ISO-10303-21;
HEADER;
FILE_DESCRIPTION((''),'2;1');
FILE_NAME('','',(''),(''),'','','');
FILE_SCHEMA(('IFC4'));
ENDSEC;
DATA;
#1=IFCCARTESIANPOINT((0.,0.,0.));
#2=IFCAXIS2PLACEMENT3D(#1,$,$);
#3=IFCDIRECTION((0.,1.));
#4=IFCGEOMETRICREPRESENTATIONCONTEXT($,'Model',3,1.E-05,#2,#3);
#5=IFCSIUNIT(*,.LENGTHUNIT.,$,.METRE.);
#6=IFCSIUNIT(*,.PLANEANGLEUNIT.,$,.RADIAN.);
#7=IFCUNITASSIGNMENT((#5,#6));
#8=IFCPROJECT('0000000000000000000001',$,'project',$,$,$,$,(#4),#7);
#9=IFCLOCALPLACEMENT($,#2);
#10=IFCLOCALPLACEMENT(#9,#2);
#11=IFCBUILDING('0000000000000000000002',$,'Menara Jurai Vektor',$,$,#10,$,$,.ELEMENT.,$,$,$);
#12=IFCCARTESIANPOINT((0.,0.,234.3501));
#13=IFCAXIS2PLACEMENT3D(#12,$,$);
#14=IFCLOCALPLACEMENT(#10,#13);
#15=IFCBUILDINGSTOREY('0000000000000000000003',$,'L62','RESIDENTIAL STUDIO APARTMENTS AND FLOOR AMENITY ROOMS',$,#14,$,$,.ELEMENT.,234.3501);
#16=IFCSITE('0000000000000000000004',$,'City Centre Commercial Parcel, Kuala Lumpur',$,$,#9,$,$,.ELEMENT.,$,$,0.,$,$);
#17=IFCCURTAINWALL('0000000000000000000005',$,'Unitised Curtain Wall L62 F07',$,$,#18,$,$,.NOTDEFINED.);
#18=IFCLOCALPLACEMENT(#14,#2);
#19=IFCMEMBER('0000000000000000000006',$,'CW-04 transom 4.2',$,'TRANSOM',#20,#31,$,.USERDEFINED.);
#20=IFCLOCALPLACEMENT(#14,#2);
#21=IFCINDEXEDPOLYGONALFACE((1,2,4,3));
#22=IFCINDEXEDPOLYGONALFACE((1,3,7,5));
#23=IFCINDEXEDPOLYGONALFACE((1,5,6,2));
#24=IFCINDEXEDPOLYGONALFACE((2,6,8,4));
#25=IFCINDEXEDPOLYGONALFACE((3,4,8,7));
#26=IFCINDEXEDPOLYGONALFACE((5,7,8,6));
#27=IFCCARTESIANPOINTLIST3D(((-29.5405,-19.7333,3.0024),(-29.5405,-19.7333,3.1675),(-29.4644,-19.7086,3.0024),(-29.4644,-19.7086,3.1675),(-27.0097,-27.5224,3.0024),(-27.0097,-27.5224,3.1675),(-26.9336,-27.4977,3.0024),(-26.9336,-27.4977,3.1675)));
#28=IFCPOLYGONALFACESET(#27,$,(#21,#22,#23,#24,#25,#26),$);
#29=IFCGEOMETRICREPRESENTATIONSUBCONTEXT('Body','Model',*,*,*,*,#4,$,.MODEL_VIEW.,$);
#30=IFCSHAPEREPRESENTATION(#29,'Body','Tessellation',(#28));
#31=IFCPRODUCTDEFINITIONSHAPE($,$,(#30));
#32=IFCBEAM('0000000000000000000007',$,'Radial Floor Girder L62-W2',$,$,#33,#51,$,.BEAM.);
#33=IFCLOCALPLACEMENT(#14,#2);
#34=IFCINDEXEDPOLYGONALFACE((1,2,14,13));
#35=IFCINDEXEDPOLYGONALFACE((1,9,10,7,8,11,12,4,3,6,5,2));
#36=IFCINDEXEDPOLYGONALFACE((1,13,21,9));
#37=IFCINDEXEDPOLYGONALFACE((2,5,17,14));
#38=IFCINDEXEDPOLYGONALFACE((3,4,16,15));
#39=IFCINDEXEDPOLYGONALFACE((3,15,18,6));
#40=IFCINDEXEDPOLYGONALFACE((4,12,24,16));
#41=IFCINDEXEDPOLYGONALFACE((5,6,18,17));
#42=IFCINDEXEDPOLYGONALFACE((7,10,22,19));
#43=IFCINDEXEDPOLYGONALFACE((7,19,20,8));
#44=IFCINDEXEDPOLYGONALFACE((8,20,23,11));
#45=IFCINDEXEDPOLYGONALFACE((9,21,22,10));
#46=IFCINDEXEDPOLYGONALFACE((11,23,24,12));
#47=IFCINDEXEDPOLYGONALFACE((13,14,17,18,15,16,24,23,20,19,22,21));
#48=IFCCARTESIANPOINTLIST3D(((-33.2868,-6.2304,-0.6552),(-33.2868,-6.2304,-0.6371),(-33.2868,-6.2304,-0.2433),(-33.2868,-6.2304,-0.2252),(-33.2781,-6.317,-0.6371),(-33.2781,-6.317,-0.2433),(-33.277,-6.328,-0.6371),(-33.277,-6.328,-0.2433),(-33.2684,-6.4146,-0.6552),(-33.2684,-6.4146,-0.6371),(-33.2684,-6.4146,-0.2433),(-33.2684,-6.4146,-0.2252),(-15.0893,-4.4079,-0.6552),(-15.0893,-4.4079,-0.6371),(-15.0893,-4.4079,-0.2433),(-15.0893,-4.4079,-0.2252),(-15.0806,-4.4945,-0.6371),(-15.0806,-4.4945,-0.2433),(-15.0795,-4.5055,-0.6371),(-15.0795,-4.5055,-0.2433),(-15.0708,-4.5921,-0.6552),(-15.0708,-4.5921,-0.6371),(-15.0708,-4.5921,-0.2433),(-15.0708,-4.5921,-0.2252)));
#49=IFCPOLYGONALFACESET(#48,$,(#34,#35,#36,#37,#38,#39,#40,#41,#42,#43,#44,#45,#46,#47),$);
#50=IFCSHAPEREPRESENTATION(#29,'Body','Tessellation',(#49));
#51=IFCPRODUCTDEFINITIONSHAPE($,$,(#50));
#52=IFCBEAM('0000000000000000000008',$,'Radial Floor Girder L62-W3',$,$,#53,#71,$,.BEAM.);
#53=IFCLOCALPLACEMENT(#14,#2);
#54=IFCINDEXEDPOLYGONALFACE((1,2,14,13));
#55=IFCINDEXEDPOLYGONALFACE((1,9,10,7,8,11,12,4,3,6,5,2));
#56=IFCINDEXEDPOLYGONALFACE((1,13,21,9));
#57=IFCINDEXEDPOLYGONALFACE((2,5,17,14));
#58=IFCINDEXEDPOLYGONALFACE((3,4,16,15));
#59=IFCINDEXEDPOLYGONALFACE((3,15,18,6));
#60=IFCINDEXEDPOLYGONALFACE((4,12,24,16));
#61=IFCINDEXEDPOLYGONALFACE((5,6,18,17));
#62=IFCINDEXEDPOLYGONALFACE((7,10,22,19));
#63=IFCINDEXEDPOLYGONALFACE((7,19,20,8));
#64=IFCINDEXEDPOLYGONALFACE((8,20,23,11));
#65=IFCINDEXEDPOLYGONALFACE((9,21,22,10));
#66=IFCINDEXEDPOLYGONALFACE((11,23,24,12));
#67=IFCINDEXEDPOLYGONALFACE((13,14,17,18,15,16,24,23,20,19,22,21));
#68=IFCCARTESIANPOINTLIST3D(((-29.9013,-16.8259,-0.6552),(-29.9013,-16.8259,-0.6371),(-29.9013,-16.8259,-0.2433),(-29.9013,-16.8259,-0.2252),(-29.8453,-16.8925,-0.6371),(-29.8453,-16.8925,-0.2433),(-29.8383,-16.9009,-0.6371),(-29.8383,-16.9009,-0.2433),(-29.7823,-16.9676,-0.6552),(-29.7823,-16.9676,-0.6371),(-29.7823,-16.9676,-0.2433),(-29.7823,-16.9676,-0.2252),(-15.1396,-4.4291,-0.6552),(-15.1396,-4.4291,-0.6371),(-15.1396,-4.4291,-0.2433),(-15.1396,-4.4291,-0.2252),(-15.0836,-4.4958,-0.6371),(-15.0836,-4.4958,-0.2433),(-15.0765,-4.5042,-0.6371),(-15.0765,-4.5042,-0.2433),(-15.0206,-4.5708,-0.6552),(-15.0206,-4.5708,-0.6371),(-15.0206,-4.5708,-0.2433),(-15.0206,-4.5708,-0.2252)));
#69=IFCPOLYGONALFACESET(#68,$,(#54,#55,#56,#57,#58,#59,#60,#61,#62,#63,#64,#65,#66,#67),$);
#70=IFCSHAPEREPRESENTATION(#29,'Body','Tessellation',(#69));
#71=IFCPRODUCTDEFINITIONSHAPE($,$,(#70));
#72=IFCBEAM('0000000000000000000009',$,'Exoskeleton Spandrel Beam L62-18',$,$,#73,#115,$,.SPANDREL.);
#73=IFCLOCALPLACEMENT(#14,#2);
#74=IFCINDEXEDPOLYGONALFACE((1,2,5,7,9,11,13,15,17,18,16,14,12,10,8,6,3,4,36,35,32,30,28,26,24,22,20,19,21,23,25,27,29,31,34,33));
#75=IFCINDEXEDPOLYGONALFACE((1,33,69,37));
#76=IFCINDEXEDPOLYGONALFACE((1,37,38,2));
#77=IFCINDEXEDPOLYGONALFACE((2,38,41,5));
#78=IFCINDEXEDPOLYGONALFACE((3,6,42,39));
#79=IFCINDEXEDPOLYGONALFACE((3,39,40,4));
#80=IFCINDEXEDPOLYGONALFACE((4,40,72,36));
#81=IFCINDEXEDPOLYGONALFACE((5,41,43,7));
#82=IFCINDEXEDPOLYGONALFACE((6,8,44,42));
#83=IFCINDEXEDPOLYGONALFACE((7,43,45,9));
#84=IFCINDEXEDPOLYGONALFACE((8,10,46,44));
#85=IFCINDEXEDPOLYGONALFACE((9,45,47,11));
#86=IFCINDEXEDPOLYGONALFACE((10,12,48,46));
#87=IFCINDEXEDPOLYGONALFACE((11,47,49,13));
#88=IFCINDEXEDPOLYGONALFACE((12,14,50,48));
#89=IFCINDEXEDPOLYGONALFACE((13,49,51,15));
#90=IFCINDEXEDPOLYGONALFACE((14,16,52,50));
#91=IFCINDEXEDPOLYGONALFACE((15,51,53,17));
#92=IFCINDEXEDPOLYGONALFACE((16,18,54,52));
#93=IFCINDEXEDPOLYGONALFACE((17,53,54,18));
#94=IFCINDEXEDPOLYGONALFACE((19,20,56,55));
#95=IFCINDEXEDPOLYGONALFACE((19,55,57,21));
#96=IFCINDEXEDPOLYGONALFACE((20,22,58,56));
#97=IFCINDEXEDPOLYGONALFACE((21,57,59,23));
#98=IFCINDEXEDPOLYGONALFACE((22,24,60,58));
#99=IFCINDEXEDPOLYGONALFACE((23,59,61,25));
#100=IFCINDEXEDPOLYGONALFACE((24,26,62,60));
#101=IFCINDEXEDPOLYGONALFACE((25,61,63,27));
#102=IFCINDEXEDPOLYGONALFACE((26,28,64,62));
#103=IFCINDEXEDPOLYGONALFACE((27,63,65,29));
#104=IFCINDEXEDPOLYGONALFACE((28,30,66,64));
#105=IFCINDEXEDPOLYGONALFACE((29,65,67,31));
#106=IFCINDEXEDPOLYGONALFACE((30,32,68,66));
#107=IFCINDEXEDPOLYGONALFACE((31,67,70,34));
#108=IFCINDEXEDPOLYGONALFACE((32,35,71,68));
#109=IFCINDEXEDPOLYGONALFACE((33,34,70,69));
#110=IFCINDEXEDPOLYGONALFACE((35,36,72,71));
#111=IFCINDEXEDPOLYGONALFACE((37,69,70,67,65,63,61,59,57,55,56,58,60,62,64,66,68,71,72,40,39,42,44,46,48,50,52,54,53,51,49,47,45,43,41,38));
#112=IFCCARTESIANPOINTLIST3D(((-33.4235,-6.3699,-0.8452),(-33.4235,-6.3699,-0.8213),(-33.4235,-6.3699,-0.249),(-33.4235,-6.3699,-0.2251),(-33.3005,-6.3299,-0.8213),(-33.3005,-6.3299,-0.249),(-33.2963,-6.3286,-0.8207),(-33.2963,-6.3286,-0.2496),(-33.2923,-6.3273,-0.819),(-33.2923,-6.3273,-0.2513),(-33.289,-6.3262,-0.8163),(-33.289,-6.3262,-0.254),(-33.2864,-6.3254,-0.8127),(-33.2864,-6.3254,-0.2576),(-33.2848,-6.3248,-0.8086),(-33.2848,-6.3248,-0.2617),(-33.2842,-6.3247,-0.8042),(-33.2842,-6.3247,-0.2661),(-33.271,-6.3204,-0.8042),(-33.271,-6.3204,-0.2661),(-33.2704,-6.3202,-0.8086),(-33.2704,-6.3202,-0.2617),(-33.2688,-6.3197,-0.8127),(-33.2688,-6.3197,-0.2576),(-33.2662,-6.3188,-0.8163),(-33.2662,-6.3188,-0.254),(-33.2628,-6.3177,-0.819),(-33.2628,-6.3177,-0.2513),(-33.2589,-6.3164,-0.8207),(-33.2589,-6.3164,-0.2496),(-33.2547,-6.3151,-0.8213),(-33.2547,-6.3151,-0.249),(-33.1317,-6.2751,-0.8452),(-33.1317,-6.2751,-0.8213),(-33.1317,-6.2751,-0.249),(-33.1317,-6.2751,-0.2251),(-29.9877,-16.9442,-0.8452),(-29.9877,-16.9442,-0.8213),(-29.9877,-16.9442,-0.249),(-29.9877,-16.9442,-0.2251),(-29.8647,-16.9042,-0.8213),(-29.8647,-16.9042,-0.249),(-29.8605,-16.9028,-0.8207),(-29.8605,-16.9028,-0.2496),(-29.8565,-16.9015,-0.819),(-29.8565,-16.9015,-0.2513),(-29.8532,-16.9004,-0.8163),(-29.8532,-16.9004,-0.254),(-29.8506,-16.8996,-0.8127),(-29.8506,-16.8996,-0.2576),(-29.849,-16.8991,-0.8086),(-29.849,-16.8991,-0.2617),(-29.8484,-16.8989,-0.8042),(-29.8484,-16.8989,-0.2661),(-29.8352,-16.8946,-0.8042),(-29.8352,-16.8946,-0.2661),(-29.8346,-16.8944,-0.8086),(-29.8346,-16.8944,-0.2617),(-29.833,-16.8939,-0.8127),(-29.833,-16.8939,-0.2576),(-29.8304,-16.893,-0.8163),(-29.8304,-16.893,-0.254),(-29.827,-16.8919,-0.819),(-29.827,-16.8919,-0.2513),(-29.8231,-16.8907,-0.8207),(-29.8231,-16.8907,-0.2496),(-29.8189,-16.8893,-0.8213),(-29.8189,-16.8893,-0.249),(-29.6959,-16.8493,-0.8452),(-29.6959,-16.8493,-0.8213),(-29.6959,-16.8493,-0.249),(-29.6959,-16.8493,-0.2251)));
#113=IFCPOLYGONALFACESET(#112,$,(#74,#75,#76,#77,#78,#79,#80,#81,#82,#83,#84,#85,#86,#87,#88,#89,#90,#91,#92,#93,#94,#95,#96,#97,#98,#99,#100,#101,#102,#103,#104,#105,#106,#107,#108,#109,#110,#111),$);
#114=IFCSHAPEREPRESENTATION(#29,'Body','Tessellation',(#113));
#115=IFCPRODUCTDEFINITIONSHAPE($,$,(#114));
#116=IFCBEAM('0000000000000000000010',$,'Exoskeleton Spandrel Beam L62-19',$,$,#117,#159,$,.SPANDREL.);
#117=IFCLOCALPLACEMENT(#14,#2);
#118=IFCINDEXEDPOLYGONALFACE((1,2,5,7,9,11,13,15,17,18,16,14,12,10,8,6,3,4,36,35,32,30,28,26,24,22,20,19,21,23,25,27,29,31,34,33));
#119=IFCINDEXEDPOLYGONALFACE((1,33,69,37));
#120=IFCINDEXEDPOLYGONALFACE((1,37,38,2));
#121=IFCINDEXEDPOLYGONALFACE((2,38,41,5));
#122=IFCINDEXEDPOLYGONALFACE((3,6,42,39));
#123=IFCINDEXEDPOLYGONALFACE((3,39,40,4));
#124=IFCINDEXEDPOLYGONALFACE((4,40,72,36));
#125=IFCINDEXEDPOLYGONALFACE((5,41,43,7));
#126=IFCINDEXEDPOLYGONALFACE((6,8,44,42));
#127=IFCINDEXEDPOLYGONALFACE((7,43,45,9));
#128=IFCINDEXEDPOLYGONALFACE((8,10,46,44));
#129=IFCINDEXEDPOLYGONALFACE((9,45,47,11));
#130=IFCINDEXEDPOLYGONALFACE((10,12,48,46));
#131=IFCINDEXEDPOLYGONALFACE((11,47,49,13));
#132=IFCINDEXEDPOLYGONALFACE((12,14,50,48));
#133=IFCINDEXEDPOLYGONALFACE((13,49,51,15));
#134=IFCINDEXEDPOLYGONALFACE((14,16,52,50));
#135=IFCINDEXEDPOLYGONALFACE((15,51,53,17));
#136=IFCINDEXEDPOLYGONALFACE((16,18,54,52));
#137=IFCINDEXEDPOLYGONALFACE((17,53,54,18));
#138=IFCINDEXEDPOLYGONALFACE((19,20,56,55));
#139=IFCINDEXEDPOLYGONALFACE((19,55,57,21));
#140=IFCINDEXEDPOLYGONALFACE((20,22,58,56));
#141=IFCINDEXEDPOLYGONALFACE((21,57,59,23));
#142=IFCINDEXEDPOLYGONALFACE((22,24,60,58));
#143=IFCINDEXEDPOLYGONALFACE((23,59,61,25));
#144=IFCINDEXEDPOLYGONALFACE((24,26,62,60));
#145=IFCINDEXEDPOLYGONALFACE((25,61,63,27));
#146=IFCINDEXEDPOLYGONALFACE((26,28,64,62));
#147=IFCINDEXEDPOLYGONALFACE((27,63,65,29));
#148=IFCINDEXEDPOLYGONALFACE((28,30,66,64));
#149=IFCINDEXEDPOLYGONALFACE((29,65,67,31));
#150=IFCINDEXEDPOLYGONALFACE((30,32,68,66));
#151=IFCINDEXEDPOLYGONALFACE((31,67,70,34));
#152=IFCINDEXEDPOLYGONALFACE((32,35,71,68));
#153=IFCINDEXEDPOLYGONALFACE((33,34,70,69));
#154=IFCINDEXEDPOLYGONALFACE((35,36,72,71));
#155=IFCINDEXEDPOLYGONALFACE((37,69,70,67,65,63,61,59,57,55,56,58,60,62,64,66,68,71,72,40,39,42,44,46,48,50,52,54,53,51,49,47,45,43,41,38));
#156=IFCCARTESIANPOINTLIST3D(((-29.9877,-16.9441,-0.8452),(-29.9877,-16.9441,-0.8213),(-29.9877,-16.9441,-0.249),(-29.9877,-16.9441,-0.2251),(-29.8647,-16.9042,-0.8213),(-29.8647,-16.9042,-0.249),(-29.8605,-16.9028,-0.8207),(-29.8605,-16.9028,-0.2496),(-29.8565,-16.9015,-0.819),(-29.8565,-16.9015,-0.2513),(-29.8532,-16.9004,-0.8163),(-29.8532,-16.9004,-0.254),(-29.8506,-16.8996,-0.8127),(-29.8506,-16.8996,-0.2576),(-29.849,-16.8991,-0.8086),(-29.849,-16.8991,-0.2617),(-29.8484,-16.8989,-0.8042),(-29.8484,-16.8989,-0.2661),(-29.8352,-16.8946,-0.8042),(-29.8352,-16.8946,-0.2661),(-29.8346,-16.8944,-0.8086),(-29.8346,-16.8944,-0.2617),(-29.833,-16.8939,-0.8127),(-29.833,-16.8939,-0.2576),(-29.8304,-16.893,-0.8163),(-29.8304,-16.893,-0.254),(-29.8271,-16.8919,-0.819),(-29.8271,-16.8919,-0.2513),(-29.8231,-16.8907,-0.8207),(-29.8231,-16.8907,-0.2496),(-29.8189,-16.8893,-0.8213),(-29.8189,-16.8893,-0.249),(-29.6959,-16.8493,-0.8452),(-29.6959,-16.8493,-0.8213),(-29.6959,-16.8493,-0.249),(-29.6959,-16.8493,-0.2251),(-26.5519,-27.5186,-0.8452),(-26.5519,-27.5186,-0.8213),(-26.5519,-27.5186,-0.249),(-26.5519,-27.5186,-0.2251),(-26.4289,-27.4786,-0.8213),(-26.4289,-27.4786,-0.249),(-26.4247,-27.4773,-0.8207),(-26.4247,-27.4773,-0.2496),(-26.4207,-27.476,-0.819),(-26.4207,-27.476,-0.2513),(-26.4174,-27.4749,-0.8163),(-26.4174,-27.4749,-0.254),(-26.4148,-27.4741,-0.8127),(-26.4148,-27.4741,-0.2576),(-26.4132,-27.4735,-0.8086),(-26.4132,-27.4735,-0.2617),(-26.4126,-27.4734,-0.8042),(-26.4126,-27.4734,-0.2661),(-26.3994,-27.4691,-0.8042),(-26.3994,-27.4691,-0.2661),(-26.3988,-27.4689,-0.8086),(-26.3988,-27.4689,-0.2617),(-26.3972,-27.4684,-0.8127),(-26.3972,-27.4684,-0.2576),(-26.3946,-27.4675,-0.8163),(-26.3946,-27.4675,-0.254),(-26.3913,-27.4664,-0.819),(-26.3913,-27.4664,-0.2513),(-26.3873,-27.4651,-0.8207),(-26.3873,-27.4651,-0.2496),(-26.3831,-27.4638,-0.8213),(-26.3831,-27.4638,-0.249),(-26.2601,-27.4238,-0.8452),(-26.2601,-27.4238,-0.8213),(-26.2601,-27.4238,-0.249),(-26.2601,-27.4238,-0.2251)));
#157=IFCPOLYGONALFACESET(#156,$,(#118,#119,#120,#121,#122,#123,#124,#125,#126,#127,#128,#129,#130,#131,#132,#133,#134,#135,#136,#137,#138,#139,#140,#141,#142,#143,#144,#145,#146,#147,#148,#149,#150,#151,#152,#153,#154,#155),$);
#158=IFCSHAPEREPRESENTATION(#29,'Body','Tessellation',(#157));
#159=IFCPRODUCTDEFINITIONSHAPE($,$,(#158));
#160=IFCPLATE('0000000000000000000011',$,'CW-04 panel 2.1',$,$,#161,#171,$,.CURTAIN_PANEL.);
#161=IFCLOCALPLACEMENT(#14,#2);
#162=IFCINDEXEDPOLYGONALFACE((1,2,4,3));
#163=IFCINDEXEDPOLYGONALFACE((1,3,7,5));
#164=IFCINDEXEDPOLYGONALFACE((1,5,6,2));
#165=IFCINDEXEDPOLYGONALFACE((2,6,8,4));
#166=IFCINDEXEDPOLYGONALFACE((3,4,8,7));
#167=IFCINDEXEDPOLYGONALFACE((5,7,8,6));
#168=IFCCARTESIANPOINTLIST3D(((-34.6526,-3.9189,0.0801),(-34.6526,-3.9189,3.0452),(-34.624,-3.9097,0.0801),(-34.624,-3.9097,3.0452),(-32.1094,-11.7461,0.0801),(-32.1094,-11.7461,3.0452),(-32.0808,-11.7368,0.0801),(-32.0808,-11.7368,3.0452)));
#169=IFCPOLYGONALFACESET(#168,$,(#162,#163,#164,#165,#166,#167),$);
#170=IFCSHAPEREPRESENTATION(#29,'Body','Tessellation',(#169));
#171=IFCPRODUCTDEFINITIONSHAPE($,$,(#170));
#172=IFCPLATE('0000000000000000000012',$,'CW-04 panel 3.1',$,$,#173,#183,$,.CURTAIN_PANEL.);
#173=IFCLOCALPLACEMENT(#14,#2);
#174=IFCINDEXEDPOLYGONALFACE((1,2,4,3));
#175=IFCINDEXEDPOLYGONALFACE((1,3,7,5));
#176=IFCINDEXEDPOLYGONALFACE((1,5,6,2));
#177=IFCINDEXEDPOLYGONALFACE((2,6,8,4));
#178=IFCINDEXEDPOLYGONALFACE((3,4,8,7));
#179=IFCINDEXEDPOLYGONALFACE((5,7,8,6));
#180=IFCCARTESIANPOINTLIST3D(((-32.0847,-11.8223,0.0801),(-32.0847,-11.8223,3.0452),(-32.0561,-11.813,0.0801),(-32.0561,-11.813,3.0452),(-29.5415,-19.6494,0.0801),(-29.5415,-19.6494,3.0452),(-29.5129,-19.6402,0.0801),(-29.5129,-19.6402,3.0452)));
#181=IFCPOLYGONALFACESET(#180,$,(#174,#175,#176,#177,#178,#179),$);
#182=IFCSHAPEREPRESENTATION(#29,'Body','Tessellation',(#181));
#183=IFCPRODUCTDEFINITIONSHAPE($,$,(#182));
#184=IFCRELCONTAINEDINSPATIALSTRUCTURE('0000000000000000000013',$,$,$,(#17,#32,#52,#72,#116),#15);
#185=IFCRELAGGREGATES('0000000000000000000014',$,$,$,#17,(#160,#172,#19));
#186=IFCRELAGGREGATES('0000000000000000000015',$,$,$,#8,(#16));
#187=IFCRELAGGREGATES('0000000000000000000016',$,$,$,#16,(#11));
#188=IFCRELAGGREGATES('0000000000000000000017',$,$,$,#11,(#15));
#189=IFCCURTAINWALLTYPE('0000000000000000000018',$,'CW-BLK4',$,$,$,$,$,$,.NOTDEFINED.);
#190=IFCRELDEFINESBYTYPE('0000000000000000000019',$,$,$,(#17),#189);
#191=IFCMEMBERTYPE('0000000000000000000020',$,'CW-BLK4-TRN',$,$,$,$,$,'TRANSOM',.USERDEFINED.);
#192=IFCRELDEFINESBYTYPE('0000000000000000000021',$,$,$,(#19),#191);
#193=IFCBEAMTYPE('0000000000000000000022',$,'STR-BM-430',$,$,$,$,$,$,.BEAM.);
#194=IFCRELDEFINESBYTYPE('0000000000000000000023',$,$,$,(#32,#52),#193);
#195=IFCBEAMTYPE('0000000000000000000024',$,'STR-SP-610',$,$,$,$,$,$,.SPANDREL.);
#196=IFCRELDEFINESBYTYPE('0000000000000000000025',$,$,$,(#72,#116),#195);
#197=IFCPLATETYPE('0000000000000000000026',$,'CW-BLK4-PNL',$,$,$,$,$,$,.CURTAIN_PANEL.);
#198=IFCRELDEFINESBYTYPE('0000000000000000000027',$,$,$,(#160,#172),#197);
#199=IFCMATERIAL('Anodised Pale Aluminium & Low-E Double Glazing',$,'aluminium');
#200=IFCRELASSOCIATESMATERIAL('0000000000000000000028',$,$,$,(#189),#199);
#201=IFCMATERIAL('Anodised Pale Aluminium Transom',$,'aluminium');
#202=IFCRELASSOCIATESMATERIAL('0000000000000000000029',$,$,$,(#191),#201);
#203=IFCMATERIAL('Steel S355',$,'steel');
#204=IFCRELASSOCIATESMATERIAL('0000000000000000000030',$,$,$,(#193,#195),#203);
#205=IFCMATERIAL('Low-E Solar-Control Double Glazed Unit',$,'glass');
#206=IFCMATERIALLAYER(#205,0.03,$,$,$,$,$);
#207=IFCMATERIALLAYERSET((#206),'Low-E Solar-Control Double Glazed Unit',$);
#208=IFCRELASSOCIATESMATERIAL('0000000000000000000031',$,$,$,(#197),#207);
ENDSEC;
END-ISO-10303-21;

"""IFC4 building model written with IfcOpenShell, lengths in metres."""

from ifc_helpers import new_model, si_unit, direction, frame, origin, origin_2d, place, context, subcontext, project, spatial, rectangle, i_section, extrude, material, layer, layer_set, material_profile, profile_set, type_object, element, aggregate, save


model = new_model("IFC4")

# Units and contexts
model_context = context("Model", 3, precision=1e-05, world=origin(), true_north=direction((0.0, 1.0)))
body_context = subcontext(model_context, "Body", "Model", "MODEL_VIEW")
ifc_project = project(units=[si_unit("LENGTHUNIT", "METRE"), si_unit("PLANEANGLEUNIT", "RADIAN")], contexts=[model_context])

# Site, building, storey
site_placement = place(None, origin())
site = spatial("IfcSite", under=ifc_project, at=site_placement, Name="City Centre Commercial Parcel, Kuala Lumpur", CompositionType="ELEMENT", RefElevation=0.0)
building_placement = place(site_placement, origin())
building = spatial("IfcBuilding", under=site, at=building_placement, Name="Menara Jurai Vektor", CompositionType="ELEMENT")
storey_placement = place(building_placement, frame((0.0, 0.0, 234.3501)))
storey = spatial("IfcBuildingStorey", under=building, at=storey_placement, Name="L62", Description="RESIDENTIAL STUDIO APARTMENTS AND FLOOR AMENITY ROOMS", CompositionType="ELEMENT", Elevation=234.3501)

# Curtain wall, member
ifc_material_1 = material(Name="Anodised Pale Aluminium & Low-E Double Glazing", Category="aluminium")
curtain_wall_type = type_object("IfcCurtainWallType", Name="CW-BLK4", PredefinedType="NOTDEFINED", material=ifc_material_1)
curtain_wall_placement = place(storey_placement, origin())
curtain_wall = element("IfcCurtainWall", 1, at=curtain_wall_placement, inside=storey, type_object=curtain_wall_type, Name="Unitised Curtain Wall L62 F07", PredefinedType="NOTDEFINED")
ifc_material_2 = material(Name="Anodised Pale Aluminium Transom", Category="aluminium")
ifc_material_profile_1 = material_profile(ifc_material_2, rectangle(XDim=0.0801, YDim=0.165, at=origin_2d()), Name="ALU TRN 80x165")
ifc_profile_set_1 = profile_set([ifc_material_profile_1], Name="Anodised Pale Aluminium Transom")
member_type_1 = type_object("IfcMemberType", Name="CW-BLK4-TRN", ElementType="TRANSOM", PredefinedType="USERDEFINED", material=ifc_profile_set_1)
member_1_placement = place(storey_placement, frame((-29.5024, -19.7209, 3.085), z_axis=(0.309011, -0.951059, 0.0), x_axis=(0.951059, 0.309011, 0.0)))
member_1 = element("IfcMember", 2, at=member_1_placement, type_object=member_type_1, Name="CW-04 transom 4.2", ObjectType="TRANSOM", PredefinedType="USERDEFINED", context=body_context, shape_type="SweptSolid", body=[
    extrude(rectangle(XDim=0.0801, YDim=0.165, at=origin_2d()), origin(), (0.0, 0.0, 1.0), 8.1899),
])

# Beams
ifc_material_3 = material(Name="Steel S355", Category="steel")
ifc_material_profile_2 = material_profile(ifc_material_3, i_section(OverallWidth=0.1851, OverallDepth=0.4299, WebThickness=0.011, FlangeThickness=0.0181, at=origin_2d()), Name="PG 430x185x76")
ifc_profile_set_2 = profile_set([ifc_material_profile_2], Name="Steel S355")
beam_type_1 = type_object("IfcBeamType", Name="STR-BM-430", PredefinedType="BEAM", material=ifc_profile_set_2)
beam_1_placement = place(storey_placement, frame((-33.2776, -6.3225, -0.4402), z_axis=(0.995022, 0.099653, 0.0), x_axis=(-0.099653, 0.995022, 0.0)))
element("IfcBeam", 3, at=beam_1_placement, inside=storey, type_object=beam_type_1, Name="Radial Floor Girder L62-W2", PredefinedType="BEAM", context=body_context, shape_type="SweptSolid", body=[
    extrude(i_section(OverallWidth=0.1851, OverallDepth=0.4299, WebThickness=0.011, FlangeThickness=0.0181, at=origin_2d()), origin(), (0.0, 0.0, 1.0), 18.2886),
])
beam_2_placement = place(storey_placement, frame((-29.8418, -16.8967, -0.4402), z_axis=(0.765784, 0.643097, 0.0), x_axis=(-0.643097, 0.765784, 0.0)))
element("IfcBeam", 4, at=beam_2_placement, inside=storey, type_object=beam_type_1, Name="Radial Floor Girder L62-W3", PredefinedType="BEAM", context=body_context, shape_type="SweptSolid", body=[
    extrude(i_section(OverallWidth=0.1851, OverallDepth=0.4299, WebThickness=0.011, FlangeThickness=0.0181, at=origin_2d()), origin(), (0.0, 0.0, 1.0), 19.2766),
])
ifc_material_profile_3 = material_profile(ifc_material_3, i_section(OverallWidth=0.3069, OverallDepth=0.6201, WebThickness=0.0139, FlangeThickness=0.0239, FilletRadius=0.0171, at=origin_2d()), Name="UKB 610x305x179")
ifc_profile_set_3 = profile_set([ifc_material_profile_3], Name="Steel S355")
beam_type_2 = type_object("IfcBeamType", Name="STR-SP-610", PredefinedType="SPANDREL", material=ifc_profile_set_3)
beam_3_placement = place(storey_placement, frame((-33.2776, -6.3225, -0.5352), z_axis=(0.309019, -0.951056, 0.0), x_axis=(0.951056, 0.309019, 0.0)))
element("IfcBeam", 5, at=beam_3_placement, inside=storey, type_object=beam_type_2, Name="Exoskeleton Spandrel Beam L62-18", PredefinedType="SPANDREL", context=body_context, shape_type="SweptSolid", body=[
    extrude(i_section(OverallWidth=0.3069, OverallDepth=0.6201, WebThickness=0.0139, FlangeThickness=0.0239, FilletRadius=0.0171, at=origin_2d()), origin(), (0.0, 0.0, 1.0), 11.1184),
])
beam_4_placement = place(storey_placement, frame((-29.8418, -16.8967, -0.5352), z_axis=(0.309012, -0.951058, 0.0), x_axis=(0.951058, 0.309012, 0.0)))
element("IfcBeam", 6, at=beam_4_placement, inside=storey, type_object=beam_type_2, Name="Exoskeleton Spandrel Beam L62-19", PredefinedType="SPANDREL", context=body_context, shape_type="SweptSolid", body=[
    extrude(i_section(OverallWidth=0.3069, OverallDepth=0.6201, WebThickness=0.0139, FlangeThickness=0.0239, FilletRadius=0.0171, at=origin_2d()), origin(), (0.0, 0.0, 1.0), 11.1187),
])

# Plates
ifc_material_4 = material(Name="Low-E Solar-Control Double Glazed Unit", Category="glass")
ifc_layer_1 = layer(ifc_material_4, 0.03)
ifc_layer_set_1 = layer_set([ifc_layer_1], Name="Low-E Solar-Control Double Glazed Unit")
plate_type_1 = type_object("IfcPlateType", Name="CW-BLK4-PNL", PredefinedType="CURTAIN_PANEL", material=ifc_layer_set_1)
plate_1_placement = place(storey_placement, frame((-33.3667, -7.8279, 0.0801), z_axis=(0.0, 0.0, 1.0), x_axis=(0.309016, -0.951057, 0.0)))
plate_1 = element("IfcPlate", 7, at=plate_1_placement, type_object=plate_type_1, Name="CW-04 panel 2.1", PredefinedType="CURTAIN_PANEL", context=body_context, shape_type="SweptSolid", body=[
    extrude(rectangle(XDim=8.23, YDim=0.03, at=origin_2d()), origin(), (0.0, 0.0, 1.0), 2.9651),
])
plate_2_placement = place(storey_placement, frame((-30.7988, -15.7312, 0.0801), z_axis=(0.0, 0.0, 1.0), x_axis=(0.309016, -0.951057, 0.0)))
plate_2 = element("IfcPlate", 8, at=plate_2_placement, type_object=plate_type_1, Name="CW-04 panel 3.1", PredefinedType="CURTAIN_PANEL", context=body_context, shape_type="SweptSolid", body=[
    extrude(rectangle(XDim=8.23, YDim=0.03, at=origin_2d()), origin(), (0.0, 0.0, 1.0), 2.9651),
])
aggregate(curtain_wall, [plate_1, plate_2, member_1])

save(model, "model.ifc")
